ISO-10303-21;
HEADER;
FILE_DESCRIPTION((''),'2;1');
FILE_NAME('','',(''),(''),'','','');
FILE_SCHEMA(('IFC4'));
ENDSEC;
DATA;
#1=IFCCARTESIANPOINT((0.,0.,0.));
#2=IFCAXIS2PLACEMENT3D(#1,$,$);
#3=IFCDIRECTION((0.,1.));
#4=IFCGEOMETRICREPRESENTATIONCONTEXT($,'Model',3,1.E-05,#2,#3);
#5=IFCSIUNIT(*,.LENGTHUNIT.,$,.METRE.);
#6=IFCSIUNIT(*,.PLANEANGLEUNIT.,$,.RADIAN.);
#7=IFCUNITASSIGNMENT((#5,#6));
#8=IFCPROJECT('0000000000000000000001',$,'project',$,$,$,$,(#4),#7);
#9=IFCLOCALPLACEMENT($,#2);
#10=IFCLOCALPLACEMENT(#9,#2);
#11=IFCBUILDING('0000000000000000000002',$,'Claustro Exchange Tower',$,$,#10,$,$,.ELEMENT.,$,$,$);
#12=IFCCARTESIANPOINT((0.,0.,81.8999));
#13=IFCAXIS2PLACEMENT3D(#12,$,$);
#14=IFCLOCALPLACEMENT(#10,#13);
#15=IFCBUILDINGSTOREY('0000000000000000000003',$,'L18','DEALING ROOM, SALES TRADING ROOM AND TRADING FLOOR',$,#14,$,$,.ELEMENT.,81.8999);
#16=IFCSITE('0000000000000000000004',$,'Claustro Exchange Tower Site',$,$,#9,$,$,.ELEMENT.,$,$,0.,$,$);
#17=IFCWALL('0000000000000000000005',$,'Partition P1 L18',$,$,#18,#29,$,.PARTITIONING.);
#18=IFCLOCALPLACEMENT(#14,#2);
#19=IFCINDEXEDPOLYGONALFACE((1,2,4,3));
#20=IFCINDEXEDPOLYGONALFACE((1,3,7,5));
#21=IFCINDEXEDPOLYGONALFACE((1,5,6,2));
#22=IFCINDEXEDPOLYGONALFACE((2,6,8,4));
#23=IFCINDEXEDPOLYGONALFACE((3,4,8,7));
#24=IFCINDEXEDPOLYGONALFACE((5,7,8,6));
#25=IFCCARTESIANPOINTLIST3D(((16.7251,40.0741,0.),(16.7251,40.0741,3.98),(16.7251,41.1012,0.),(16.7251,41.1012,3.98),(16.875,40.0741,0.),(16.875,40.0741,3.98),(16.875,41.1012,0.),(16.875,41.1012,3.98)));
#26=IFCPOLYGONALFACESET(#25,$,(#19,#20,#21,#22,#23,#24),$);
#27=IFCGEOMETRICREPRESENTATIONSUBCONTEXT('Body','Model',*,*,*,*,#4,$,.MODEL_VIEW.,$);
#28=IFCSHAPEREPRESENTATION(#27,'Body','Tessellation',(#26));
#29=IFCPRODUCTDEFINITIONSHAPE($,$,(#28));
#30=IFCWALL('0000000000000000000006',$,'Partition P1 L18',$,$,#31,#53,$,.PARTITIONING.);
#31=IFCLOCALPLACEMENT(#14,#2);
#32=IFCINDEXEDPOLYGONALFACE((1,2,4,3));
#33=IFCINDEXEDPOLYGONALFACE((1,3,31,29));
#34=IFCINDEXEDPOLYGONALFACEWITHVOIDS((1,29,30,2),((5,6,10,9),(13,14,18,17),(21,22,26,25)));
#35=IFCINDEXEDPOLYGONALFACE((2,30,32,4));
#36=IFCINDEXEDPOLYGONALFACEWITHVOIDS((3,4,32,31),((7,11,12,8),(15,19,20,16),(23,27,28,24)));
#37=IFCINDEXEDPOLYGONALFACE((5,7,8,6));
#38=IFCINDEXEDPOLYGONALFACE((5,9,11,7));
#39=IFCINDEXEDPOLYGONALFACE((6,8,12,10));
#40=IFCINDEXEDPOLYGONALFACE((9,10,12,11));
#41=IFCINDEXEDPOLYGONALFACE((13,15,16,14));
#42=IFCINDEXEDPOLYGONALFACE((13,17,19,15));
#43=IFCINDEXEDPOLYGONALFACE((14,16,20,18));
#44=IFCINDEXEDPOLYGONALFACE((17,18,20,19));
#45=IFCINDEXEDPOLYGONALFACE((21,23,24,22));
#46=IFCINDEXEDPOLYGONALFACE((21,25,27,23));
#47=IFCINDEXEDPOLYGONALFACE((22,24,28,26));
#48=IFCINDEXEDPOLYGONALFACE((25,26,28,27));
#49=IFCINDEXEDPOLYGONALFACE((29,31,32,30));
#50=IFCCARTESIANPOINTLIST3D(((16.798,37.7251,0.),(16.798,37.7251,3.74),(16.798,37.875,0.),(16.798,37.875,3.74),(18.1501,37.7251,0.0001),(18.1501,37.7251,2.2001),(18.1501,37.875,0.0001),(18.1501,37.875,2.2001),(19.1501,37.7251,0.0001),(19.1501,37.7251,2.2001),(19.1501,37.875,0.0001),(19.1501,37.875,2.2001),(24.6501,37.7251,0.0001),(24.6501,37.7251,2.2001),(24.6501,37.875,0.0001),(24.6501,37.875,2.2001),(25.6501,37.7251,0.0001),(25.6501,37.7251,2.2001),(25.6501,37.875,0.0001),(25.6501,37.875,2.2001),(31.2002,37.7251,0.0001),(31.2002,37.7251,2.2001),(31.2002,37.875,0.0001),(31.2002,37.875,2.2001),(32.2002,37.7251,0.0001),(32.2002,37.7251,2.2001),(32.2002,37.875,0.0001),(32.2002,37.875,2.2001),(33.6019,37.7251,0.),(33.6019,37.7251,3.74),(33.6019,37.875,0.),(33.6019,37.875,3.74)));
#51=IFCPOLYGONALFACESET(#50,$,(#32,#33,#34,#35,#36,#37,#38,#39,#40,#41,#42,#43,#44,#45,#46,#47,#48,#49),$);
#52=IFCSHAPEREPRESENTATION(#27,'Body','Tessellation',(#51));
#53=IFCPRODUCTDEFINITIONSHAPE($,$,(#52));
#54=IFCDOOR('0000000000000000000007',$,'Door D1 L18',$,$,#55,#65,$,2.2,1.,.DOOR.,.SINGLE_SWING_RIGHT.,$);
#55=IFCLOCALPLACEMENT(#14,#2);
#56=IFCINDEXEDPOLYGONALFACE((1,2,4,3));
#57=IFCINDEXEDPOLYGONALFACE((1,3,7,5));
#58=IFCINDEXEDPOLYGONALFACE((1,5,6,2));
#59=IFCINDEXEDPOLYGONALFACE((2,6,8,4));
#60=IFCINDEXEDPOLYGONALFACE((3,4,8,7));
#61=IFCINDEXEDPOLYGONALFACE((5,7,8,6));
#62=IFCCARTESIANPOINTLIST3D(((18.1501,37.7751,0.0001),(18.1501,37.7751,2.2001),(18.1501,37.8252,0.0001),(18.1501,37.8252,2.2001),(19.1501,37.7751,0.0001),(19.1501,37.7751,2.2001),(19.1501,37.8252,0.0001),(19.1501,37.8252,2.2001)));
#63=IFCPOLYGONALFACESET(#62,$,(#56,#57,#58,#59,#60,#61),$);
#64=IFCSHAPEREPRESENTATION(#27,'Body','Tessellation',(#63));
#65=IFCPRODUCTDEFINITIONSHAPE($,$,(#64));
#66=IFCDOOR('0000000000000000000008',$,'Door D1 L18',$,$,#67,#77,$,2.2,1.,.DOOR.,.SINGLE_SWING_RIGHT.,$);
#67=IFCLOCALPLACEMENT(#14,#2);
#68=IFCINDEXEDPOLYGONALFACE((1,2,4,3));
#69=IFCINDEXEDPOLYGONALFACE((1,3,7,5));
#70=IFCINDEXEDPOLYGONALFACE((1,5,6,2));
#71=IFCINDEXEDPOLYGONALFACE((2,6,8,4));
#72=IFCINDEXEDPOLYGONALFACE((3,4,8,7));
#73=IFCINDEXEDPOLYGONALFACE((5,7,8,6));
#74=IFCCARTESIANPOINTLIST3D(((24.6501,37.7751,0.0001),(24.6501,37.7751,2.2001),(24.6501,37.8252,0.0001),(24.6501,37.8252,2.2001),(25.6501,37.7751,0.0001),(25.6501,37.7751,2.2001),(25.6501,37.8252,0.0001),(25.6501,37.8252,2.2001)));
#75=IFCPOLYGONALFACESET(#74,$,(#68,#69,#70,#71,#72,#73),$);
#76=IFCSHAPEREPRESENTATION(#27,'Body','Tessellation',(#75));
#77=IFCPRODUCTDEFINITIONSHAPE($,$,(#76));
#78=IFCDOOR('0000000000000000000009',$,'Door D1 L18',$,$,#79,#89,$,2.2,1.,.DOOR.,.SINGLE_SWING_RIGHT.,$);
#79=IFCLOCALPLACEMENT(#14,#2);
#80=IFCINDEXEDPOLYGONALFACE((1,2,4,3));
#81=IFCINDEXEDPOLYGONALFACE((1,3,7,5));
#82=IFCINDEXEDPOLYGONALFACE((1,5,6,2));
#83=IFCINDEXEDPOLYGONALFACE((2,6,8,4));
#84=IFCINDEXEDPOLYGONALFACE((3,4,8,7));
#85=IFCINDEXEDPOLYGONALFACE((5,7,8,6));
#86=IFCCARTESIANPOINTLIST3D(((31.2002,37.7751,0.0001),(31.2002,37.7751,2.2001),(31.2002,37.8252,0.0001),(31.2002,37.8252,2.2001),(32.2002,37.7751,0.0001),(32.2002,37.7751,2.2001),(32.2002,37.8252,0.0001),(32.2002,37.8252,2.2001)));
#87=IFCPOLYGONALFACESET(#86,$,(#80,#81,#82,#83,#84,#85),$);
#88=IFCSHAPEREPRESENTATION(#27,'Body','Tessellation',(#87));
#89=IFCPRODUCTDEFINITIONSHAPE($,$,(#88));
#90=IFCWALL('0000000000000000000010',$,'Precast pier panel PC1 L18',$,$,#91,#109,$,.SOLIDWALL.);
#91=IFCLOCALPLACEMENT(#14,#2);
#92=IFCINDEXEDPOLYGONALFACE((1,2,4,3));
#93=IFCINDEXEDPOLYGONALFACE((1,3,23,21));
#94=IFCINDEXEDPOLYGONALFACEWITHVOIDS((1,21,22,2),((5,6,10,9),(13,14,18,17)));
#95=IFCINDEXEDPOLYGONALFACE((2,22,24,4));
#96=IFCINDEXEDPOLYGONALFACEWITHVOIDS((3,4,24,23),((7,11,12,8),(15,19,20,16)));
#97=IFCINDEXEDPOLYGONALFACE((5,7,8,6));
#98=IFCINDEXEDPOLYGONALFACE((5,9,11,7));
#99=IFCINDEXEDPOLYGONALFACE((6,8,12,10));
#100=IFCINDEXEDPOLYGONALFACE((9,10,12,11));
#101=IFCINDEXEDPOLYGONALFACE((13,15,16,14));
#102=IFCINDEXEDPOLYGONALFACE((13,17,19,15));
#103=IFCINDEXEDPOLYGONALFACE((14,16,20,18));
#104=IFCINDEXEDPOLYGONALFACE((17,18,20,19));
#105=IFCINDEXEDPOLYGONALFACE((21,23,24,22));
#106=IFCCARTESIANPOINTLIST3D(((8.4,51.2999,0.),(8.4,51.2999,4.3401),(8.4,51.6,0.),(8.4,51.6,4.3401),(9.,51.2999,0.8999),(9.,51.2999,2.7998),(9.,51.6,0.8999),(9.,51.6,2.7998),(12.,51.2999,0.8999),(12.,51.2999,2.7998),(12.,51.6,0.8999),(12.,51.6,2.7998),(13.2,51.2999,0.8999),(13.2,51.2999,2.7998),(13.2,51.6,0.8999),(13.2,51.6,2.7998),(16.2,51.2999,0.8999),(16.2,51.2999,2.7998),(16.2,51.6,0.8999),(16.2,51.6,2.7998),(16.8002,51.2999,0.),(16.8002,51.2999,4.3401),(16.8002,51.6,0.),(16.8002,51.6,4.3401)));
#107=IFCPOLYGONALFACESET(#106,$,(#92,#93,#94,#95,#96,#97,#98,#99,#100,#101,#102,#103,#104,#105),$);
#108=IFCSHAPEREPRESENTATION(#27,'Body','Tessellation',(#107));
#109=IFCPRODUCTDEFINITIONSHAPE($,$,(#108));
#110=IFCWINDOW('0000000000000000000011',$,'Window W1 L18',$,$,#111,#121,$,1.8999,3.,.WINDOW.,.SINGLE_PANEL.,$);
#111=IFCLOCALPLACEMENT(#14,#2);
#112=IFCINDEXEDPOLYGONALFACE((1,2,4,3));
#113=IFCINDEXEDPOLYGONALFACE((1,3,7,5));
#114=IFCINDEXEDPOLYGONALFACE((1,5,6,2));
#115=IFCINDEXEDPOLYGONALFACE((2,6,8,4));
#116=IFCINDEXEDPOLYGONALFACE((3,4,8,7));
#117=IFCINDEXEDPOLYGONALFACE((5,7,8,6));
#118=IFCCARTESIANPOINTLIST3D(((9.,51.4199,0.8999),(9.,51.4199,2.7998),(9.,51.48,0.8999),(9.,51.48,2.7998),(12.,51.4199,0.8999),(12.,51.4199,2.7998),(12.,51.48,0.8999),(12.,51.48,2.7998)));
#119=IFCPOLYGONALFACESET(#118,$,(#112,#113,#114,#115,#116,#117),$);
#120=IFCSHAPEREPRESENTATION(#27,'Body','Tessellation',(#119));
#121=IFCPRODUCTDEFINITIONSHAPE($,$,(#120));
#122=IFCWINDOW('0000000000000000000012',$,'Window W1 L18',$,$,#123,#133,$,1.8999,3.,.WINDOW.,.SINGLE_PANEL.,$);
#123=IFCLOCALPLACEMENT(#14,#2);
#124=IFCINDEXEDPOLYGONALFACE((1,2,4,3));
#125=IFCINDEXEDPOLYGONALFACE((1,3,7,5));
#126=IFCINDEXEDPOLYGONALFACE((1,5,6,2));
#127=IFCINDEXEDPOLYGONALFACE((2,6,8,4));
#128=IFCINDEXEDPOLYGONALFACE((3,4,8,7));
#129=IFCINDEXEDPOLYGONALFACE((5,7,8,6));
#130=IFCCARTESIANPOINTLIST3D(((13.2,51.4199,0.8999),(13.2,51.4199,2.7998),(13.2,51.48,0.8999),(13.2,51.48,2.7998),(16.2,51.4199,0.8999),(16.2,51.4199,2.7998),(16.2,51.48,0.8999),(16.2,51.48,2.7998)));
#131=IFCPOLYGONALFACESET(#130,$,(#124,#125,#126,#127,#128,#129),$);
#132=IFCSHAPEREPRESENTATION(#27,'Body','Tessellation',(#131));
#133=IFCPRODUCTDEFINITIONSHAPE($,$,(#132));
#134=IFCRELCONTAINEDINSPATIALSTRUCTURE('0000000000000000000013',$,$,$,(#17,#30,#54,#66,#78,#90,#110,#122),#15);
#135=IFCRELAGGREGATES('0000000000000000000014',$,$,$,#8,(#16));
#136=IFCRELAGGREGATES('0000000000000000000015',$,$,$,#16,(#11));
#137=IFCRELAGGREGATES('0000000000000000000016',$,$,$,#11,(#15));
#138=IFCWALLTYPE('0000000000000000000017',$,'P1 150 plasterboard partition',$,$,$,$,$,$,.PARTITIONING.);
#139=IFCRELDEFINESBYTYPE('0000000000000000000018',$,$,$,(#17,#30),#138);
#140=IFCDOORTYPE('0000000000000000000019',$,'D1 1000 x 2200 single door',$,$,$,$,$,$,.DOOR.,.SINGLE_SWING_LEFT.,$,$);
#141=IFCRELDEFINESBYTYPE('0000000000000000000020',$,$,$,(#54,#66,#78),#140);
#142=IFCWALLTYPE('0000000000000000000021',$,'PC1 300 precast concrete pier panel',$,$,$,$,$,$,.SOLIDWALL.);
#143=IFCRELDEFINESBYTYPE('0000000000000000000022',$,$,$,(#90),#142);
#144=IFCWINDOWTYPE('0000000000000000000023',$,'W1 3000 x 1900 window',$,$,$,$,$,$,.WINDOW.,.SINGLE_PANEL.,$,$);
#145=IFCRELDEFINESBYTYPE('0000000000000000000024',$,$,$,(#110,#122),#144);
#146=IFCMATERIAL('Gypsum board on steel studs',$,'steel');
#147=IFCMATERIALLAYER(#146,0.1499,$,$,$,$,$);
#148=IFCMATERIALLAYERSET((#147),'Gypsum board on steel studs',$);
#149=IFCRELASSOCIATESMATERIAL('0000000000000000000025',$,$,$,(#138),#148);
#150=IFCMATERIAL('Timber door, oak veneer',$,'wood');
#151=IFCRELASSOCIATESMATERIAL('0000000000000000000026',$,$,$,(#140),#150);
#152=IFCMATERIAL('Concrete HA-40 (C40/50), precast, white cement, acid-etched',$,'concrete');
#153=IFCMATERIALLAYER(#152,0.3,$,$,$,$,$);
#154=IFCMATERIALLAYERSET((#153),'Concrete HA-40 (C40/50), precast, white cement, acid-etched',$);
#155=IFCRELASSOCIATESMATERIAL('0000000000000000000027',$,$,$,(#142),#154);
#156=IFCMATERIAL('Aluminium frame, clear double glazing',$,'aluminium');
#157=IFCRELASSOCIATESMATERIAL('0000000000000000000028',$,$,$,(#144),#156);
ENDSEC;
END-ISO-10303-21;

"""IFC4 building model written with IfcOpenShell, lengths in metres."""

from ifc_helpers import new_model, si_unit, direction, frame, frame_2d, origin, place, context, subcontext, project, spatial, rectangle, extrude, material, layer, layer_set, type_object, element, fill, save


model = new_model("IFC4")

# Units and contexts
model_context = context("Model", 3, precision=1e-05, world=origin(), true_north=direction((0.0, 1.0)))
body_context = subcontext(model_context, "Body", "Model", "MODEL_VIEW")
ifc_project = project(units=[si_unit("LENGTHUNIT", "METRE"), si_unit("PLANEANGLEUNIT", "RADIAN")], contexts=[model_context])

# Site, building, storey
site_placement = place(None, origin())
site = spatial("IfcSite", under=ifc_project, at=site_placement, Name="Claustro Exchange Tower Site", CompositionType="ELEMENT", RefElevation=0.0)
building_placement = place(site_placement, origin())
building = spatial("IfcBuilding", under=site, at=building_placement, Name="Claustro Exchange Tower", CompositionType="ELEMENT")
storey_placement = place(building_placement, frame((0.0, 0.0, 81.8999)))
storey = spatial("IfcBuildingStorey", under=building, at=storey_placement, Name="L18", Description="DEALING ROOM, SALES TRADING ROOM AND TRADING FLOOR", CompositionType="ELEMENT", Elevation=81.8999)

# Wall
ifc_material_1 = material(Name="Gypsum board on steel studs", Category="steel")
ifc_layer_1 = layer(ifc_material_1, 0.1499)
ifc_layer_set_1 = layer_set([ifc_layer_1], Name="Gypsum board on steel studs")
wall_type_1 = type_object("IfcWallType", Name="P1 150 plasterboard partition", PredefinedType="PARTITIONING", material=ifc_layer_set_1)
wall_1_placement = place(storey_placement, frame((16.8, 40.074, 0.0), z_axis=(0.0, 0.0, 1.0), x_axis=(0.0, 1.0, 0.0)))
element("IfcWall", 1, at=wall_1_placement, inside=storey, type_object=wall_type_1, Name="Partition P1 L18", PredefinedType="PARTITIONING", context=body_context, shape_type="SweptSolid", body=[
    extrude(rectangle(XDim=1.0271, YDim=0.1499, at=frame_2d((0.5137, 0.0))), origin(), (0.0, 0.0, 1.0), 3.98),
])

# Wall, openings, doors
wall_2_placement = place(storey_placement, frame((16.7981, 37.8, 0.0), z_axis=(0.0, 0.0, 1.0), x_axis=(1.0, 0.0, 0.0)))
wall_2 = element("IfcWall", 2, at=wall_2_placement, inside=storey, type_object=wall_type_1, Name="Partition P1 L18", PredefinedType="PARTITIONING", context=body_context, shape_type="SweptSolid", body=[
    extrude(rectangle(XDim=16.804, YDim=0.1499, at=frame_2d((8.4019, 0.0))), origin(), (0.0, 0.0, 1.0), 3.74),
])
opening_1_placement = place(wall_2_placement, frame((1.3521, 0.0, 0.0)))
opening_1 = element("IfcOpeningElement", 3, at=opening_1_placement, cuts=wall_2, PredefinedType="OPENING", context=body_context, shape_type="SweptSolid", body=[
    extrude(rectangle(XDim=1.0, YDim=2.2, at=frame_2d((0.5, 1.1001))), frame((0.0, 0.085, 0.0), z_axis=(0.0, -1.0, 0.0), x_axis=(1.0, 0.0, 0.0)), (0.0, 0.0, 1.0), 0.1699),
])
opening_2_placement = place(wall_2_placement, frame((7.8521, 0.0, 0.0)))
opening_2 = element("IfcOpeningElement", 4, at=opening_2_placement, cuts=wall_2, PredefinedType="OPENING", context=body_context, shape_type="SweptSolid", body=[
    extrude(rectangle(XDim=1.0, YDim=2.2, at=frame_2d((0.5, 1.1001))), frame((0.0, 0.085, 0.0), z_axis=(0.0, -1.0, 0.0), x_axis=(1.0, 0.0, 0.0)), (0.0, 0.0, 1.0), 0.1699),
])
opening_3_placement = place(wall_2_placement, frame((14.4021, 0.0, 0.0)))
opening_3 = element("IfcOpeningElement", 5, at=opening_3_placement, cuts=wall_2, PredefinedType="OPENING", context=body_context, shape_type="SweptSolid", body=[
    extrude(rectangle(XDim=1.0, YDim=2.2, at=frame_2d((0.5, 1.1001))), frame((0.0, 0.085, 0.0), z_axis=(0.0, -1.0, 0.0), x_axis=(1.0, 0.0, 0.0)), (0.0, 0.0, 1.0), 0.1699),
])
ifc_material_2 = material(Name="Timber door, oak veneer", Category="wood")
door_type = type_object("IfcDoorType", Name="D1 1000 x 2200 single door", OperationType="SINGLE_SWING_LEFT", PredefinedType="DOOR", material=ifc_material_2)
door_1_placement = place(opening_1_placement, frame((1.0, 0.0, 0.0), z_axis=(0.0, 0.0, 1.0), x_axis=(-1.0, 0.0, 0.0)))
door_1 = element("IfcDoor", 6, at=door_1_placement, inside=storey, type_object=door_type, Name="Door D1 L18", OperationType="SINGLE_SWING_RIGHT", OverallHeight=2.2, OverallWidth=1.0, PredefinedType="DOOR", context=body_context, shape_type="SweptSolid", body=[
    extrude(rectangle(XDim=1.0, YDim=2.2, at=frame_2d((0.5, 1.1001))), frame((0.0, 0.0249, 0.0), z_axis=(0.0, -1.0, 0.0), x_axis=(1.0, 0.0, 0.0)), (0.0, 0.0, 1.0), 0.05),
])
fill(opening_1, door_1)
door_2_placement = place(opening_2_placement, frame((1.0, 0.0, 0.0), z_axis=(0.0, 0.0, 1.0), x_axis=(-1.0, 0.0, 0.0)))
door_2 = element("IfcDoor", 7, at=door_2_placement, inside=storey, type_object=door_type, Name="Door D1 L18", OperationType="SINGLE_SWING_RIGHT", OverallHeight=2.2, OverallWidth=1.0, PredefinedType="DOOR", context=body_context, shape_type="SweptSolid", body=[
    extrude(rectangle(XDim=1.0, YDim=2.2, at=frame_2d((0.5, 1.1001))), frame((0.0, 0.0249, 0.0), z_axis=(0.0, -1.0, 0.0), x_axis=(1.0, 0.0, 0.0)), (0.0, 0.0, 1.0), 0.05),
])
fill(opening_2, door_2)
door_3_placement = place(opening_3_placement, frame((1.0, 0.0, 0.0), z_axis=(0.0, 0.0, 1.0), x_axis=(-1.0, 0.0, 0.0)))
door_3 = element("IfcDoor", 8, at=door_3_placement, inside=storey, type_object=door_type, Name="Door D1 L18", OperationType="SINGLE_SWING_RIGHT", OverallHeight=2.2, OverallWidth=1.0, PredefinedType="DOOR", context=body_context, shape_type="SweptSolid", body=[
    extrude(rectangle(XDim=1.0, YDim=2.2, at=frame_2d((0.5, 1.1001))), frame((0.0, 0.0249, 0.0), z_axis=(0.0, -1.0, 0.0), x_axis=(1.0, 0.0, 0.0)), (0.0, 0.0, 1.0), 0.05),
])
fill(opening_3, door_3)

# Wall, openings, windows
ifc_material_3 = material(Name="Concrete HA-40 (C40/50), precast, white cement, acid-etched", Category="concrete")
ifc_layer_2 = layer(ifc_material_3, 0.3)
ifc_layer_set_2 = layer_set([ifc_layer_2], Name="Concrete HA-40 (C40/50), precast, white cement, acid-etched")
wall_type_2 = type_object("IfcWallType", Name="PC1 300 precast concrete pier panel", PredefinedType="SOLIDWALL", material=ifc_layer_set_2)
wall_3_placement = place(storey_placement, frame((8.3999, 51.45, 0.0), z_axis=(0.0, 0.0, 1.0), x_axis=(1.0, 0.0, 0.0)))
wall_3 = element("IfcWall", 9, at=wall_3_placement, inside=storey, type_object=wall_type_2, Name="Precast pier panel PC1 L18", PredefinedType="SOLIDWALL", context=body_context, shape_type="SweptSolid", body=[
    extrude(rectangle(XDim=8.4001, YDim=0.3, at=frame_2d((4.2002, 0.0))), origin(), (0.0, 0.0, 1.0), 4.3401),
])
opening_4_placement = place(wall_3_placement, frame((0.6001, 0.0, 0.8999)))
opening_4 = element("IfcOpeningElement", 10, at=opening_4_placement, cuts=wall_3, PredefinedType="OPENING", context=body_context, shape_type="SweptSolid", body=[
    extrude(rectangle(XDim=3.0, YDim=1.8999, at=frame_2d((1.5, 0.95))), frame((0.0, 0.1599, 0.0), z_axis=(0.0, -1.0, 0.0), x_axis=(1.0, 0.0, 0.0)), (0.0, 0.0, 1.0), 0.3201),
])
opening_5_placement = place(wall_3_placement, frame((4.8, 0.0, 0.8999)))
opening_5 = element("IfcOpeningElement", 11, at=opening_5_placement, cuts=wall_3, PredefinedType="OPENING", context=body_context, shape_type="SweptSolid", body=[
    extrude(rectangle(XDim=3.0, YDim=1.8999, at=frame_2d((1.5, 0.95))), frame((0.0, 0.1599, 0.0), z_axis=(0.0, -1.0, 0.0), x_axis=(1.0, 0.0, 0.0)), (0.0, 0.0, 1.0), 0.3201),
])
ifc_material_4 = material(Name="Aluminium frame, clear double glazing", Category="aluminium")
window_type = type_object("IfcWindowType", Name="W1 3000 x 1900 window", PartitioningType="SINGLE_PANEL", PredefinedType="WINDOW", material=ifc_material_4)
window_1_placement = place(opening_4_placement, origin())
window_1 = element("IfcWindow", 12, at=window_1_placement, inside=storey, type_object=window_type, Name="Window W1 L18", OverallHeight=1.8999, OverallWidth=3.0, PartitioningType="SINGLE_PANEL", PredefinedType="WINDOW", context=body_context, shape_type="SweptSolid", body=[
    extrude(rectangle(XDim=3.0, YDim=1.8999, at=frame_2d((1.5, 0.95))), frame((0.0, 0.03, 0.0), z_axis=(0.0, -1.0, 0.0), x_axis=(1.0, 0.0, 0.0)), (0.0, 0.0, 1.0), 0.0601),
])
fill(opening_4, window_1)
window_2_placement = place(opening_5_placement, origin())
window_2 = element("IfcWindow", 13, at=window_2_placement, inside=storey, type_object=window_type, Name="Window W1 L18", OverallHeight=1.8999, OverallWidth=3.0, PartitioningType="SINGLE_PANEL", PredefinedType="WINDOW", context=body_context, shape_type="SweptSolid", body=[
    extrude(rectangle(XDim=3.0, YDim=1.8999, at=frame_2d((1.5, 0.95))), frame((0.0, 0.03, 0.0), z_axis=(0.0, -1.0, 0.0), x_axis=(1.0, 0.0, 0.0)), (0.0, 0.0, 1.0), 0.0601),
])
fill(opening_5, window_2)

save(model, "model.ifc")
